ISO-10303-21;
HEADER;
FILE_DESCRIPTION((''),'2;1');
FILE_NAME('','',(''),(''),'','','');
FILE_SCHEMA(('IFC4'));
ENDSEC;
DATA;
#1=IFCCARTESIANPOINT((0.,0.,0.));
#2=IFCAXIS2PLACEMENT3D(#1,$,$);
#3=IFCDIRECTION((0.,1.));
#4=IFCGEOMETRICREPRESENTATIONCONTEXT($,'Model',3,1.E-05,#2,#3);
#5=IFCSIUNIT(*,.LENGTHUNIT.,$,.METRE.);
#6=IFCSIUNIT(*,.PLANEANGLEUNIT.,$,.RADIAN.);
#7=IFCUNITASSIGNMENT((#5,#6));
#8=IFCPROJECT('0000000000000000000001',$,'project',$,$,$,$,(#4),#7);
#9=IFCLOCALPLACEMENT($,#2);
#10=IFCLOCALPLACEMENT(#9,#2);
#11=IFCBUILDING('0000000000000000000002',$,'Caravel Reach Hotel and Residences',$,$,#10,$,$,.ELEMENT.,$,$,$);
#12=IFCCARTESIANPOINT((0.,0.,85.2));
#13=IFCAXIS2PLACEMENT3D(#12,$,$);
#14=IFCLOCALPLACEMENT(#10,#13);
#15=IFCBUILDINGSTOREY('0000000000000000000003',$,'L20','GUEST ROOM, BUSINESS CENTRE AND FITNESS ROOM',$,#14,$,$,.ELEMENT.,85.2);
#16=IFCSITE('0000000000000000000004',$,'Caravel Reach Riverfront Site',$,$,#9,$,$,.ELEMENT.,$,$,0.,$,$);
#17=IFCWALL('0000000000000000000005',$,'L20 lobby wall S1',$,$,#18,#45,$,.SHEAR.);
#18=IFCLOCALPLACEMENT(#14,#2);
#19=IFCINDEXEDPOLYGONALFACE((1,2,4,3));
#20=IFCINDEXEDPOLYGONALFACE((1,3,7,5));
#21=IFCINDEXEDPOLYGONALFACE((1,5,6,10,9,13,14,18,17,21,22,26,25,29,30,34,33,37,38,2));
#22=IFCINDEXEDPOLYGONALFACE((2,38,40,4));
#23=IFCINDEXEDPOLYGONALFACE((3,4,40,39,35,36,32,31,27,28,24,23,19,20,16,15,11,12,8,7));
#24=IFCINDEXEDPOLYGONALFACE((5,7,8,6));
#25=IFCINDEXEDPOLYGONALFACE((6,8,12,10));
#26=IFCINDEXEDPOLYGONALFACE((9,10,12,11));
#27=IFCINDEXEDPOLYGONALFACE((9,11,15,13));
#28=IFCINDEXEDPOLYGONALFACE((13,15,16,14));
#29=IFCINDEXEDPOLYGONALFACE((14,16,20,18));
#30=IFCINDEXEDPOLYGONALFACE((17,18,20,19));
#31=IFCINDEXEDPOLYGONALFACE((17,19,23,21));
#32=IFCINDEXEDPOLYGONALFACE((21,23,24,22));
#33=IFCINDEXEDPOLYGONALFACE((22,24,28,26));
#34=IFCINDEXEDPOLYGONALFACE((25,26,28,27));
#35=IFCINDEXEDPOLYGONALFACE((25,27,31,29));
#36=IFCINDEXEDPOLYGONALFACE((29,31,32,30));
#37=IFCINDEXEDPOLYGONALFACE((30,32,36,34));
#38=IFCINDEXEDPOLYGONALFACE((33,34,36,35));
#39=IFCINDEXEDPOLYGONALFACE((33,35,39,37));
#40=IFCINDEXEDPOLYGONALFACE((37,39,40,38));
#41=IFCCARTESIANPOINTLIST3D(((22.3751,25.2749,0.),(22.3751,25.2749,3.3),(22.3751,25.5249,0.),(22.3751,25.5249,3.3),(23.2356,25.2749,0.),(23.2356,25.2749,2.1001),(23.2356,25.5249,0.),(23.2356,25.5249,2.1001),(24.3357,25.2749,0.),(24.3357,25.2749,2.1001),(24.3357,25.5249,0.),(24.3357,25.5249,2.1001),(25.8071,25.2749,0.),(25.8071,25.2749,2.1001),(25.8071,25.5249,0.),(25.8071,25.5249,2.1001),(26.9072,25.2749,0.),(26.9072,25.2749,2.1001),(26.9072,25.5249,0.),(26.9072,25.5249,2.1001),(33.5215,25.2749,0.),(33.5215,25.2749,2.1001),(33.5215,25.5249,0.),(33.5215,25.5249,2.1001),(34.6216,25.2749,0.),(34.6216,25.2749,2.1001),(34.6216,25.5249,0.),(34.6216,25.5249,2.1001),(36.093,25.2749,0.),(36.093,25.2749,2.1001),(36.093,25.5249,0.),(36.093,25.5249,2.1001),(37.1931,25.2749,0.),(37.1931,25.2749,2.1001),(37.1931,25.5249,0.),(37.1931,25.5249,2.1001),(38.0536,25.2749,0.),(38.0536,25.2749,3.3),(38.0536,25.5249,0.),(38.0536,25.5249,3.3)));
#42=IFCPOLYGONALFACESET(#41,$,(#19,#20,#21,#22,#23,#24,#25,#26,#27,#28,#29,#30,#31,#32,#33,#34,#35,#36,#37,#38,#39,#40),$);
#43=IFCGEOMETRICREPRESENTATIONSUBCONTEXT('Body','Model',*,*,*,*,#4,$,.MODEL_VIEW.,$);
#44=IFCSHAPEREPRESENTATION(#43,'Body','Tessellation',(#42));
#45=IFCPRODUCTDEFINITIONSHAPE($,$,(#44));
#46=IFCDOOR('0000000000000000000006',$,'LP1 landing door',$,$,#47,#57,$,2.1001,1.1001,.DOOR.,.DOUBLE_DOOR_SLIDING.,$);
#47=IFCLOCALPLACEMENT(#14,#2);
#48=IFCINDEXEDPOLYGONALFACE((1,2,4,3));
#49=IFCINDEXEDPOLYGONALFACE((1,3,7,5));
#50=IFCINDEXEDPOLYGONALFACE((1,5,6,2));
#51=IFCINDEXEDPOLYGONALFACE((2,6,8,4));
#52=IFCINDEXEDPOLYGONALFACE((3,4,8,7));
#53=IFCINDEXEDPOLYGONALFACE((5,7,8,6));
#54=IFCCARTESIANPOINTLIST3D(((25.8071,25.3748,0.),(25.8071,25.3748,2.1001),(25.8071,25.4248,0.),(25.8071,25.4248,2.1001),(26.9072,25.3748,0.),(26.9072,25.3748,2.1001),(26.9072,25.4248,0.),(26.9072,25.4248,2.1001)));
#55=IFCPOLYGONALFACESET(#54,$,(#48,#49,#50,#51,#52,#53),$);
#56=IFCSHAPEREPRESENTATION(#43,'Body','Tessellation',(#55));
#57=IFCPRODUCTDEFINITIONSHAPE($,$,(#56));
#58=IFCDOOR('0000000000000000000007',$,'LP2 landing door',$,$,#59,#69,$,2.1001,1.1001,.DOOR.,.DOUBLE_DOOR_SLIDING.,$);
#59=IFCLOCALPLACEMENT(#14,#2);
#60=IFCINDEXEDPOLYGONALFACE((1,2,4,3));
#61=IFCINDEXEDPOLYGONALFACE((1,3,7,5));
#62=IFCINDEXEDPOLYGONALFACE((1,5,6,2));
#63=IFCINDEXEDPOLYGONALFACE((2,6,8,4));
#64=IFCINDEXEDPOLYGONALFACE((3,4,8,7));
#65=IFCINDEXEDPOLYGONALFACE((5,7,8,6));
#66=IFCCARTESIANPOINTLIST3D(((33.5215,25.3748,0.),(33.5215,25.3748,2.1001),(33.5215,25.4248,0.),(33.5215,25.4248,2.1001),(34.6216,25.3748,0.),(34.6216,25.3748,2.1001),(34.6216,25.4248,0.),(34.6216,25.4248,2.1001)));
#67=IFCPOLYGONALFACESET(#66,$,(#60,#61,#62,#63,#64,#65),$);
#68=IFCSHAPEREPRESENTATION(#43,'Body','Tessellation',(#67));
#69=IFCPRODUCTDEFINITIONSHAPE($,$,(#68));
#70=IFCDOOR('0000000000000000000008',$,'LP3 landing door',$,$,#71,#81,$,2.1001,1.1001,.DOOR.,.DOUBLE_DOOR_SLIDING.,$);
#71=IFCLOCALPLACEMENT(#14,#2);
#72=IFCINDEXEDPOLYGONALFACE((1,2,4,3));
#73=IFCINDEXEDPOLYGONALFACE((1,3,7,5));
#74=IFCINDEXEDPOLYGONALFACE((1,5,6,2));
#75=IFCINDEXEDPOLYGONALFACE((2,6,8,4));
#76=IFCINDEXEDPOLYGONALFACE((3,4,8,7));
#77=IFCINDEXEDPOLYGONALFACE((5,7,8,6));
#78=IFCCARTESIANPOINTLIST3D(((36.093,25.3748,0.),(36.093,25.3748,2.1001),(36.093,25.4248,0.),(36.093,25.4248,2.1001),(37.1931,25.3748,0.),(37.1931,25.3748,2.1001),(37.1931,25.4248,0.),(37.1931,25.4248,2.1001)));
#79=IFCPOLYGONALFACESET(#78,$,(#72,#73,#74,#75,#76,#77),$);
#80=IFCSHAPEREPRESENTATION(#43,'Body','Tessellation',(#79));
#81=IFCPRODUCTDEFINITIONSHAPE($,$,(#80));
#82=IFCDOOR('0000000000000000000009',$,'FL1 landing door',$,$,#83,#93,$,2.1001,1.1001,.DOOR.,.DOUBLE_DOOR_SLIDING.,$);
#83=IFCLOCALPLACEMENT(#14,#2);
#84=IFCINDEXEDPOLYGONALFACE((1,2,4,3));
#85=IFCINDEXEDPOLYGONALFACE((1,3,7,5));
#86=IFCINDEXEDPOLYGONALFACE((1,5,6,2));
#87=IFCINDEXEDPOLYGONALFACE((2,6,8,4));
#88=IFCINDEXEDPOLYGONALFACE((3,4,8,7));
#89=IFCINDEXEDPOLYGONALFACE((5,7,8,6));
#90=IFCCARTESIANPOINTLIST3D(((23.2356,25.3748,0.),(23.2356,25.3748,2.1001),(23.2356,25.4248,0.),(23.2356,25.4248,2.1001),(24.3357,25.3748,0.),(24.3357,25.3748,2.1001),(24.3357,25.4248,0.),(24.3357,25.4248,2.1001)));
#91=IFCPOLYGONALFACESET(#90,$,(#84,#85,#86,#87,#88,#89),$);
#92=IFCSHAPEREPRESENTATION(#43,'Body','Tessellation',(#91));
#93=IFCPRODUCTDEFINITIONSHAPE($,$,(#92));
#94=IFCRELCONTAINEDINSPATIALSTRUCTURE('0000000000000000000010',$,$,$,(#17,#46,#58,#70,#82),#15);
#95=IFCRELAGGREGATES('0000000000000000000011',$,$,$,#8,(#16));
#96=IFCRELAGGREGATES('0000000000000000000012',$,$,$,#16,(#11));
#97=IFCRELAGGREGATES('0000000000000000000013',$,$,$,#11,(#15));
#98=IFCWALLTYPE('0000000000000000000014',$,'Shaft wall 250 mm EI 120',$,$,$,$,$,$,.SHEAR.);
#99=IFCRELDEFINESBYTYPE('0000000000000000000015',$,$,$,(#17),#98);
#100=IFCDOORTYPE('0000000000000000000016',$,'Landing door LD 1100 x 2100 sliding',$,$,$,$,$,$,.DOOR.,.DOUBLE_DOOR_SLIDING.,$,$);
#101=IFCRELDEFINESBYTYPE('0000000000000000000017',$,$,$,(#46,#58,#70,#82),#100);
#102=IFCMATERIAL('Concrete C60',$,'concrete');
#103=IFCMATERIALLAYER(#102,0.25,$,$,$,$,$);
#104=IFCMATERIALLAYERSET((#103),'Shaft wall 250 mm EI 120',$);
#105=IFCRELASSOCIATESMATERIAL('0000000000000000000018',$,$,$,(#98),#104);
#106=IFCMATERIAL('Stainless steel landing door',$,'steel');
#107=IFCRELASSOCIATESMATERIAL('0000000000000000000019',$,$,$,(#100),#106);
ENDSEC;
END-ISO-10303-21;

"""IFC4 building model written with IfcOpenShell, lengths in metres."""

from ifc_helpers import new_model, si_unit, direction, frame, frame_2d, origin, place, context, subcontext, project, spatial, rectangle, extrude, material, layer, layer_set, type_object, element, fill, save


model = new_model("IFC4")

# Units and contexts
model_context = context("Model", 3, precision=1e-05, world=origin(), true_north=direction((0.0, 1.0)))
body_context = subcontext(model_context, "Body", "Model", "MODEL_VIEW")
ifc_project = project(units=[si_unit("LENGTHUNIT", "METRE"), si_unit("PLANEANGLEUNIT", "RADIAN")], contexts=[model_context])

# Site, building, storey
site_placement = place(None, origin())
site = spatial("IfcSite", under=ifc_project, at=site_placement, Name="Caravel Reach Riverfront Site", CompositionType="ELEMENT", RefElevation=0.0)
building_placement = place(site_placement, origin())
building = spatial("IfcBuilding", under=site, at=building_placement, Name="Caravel Reach Hotel and Residences", CompositionType="ELEMENT")
storey_placement = place(building_placement, frame((0.0, 0.0, 85.2)))
storey = spatial("IfcBuildingStorey", under=building, at=storey_placement, Name="L20", Description="GUEST ROOM, BUSINESS CENTRE AND FITNESS ROOM", CompositionType="ELEMENT", Elevation=85.2)

# Wall, openings, doors
ifc_material_1 = material(Name="Concrete C60", Category="concrete")
ifc_layer_1 = layer(ifc_material_1, 0.25)
ifc_layer_set_1 = layer_set([ifc_layer_1], Name="Shaft wall 250 mm EI 120")
wall_type_1 = type_object("IfcWallType", Name="Shaft wall 250 mm EI 120", PredefinedType="SHEAR", material=ifc_layer_set_1)
wall_1_placement = place(storey_placement, frame((22.375, 25.3999, 0.0), z_axis=(0.0, 0.0, 1.0), x_axis=(1.0, 0.0, 0.0)))
wall_1 = element("IfcWall", 1, at=wall_1_placement, inside=storey, type_object=wall_type_1, Name="L20 lobby wall S1", PredefinedType="SHEAR", context=body_context, shape_type="SweptSolid", body=[
    extrude(rectangle(XDim=15.6785, YDim=0.25, at=frame_2d((7.8394, 0.0))), origin(), (0.0, 0.0, 1.0), 3.3),
])
opening_1_placement = place(wall_1_placement, frame((3.4321, 0.0, 0.0)))
opening_1 = element("IfcOpeningElement", 2, at=opening_1_placement, cuts=wall_1, PredefinedType="OPENING", context=body_context, shape_type="SweptSolid", body=[
    extrude(rectangle(XDim=1.1001, YDim=2.1001, at=frame_2d((0.55, 1.05))), frame((0.0, 0.135, 0.0), z_axis=(0.0, -1.0, 0.0), x_axis=(1.0, 0.0, 0.0)), (0.0, 0.0, 1.0), 0.27),
])
opening_2_placement = place(wall_1_placement, frame((11.1465, 0.0, 0.0)))
opening_2 = element("IfcOpeningElement", 3, at=opening_2_placement, cuts=wall_1, PredefinedType="OPENING", context=body_context, shape_type="SweptSolid", body=[
    extrude(rectangle(XDim=1.1001, YDim=2.1001, at=frame_2d((0.55, 1.05))), frame((0.0, 0.135, 0.0), z_axis=(0.0, -1.0, 0.0), x_axis=(1.0, 0.0, 0.0)), (0.0, 0.0, 1.0), 0.27),
])
opening_3_placement = place(wall_1_placement, frame((13.718, 0.0, 0.0)))
opening_3 = element("IfcOpeningElement", 4, at=opening_3_placement, cuts=wall_1, PredefinedType="OPENING", context=body_context, shape_type="SweptSolid", body=[
    extrude(rectangle(XDim=1.1001, YDim=2.1001, at=frame_2d((0.55, 1.05))), frame((0.0, 0.135, 0.0), z_axis=(0.0, -1.0, 0.0), x_axis=(1.0, 0.0, 0.0)), (0.0, 0.0, 1.0), 0.27),
])
opening_4_placement = place(wall_1_placement, frame((0.8606, 0.0, 0.0)))
opening_4 = element("IfcOpeningElement", 5, at=opening_4_placement, cuts=wall_1, PredefinedType="OPENING", context=body_context, shape_type="SweptSolid", body=[
    extrude(rectangle(XDim=1.1001, YDim=2.1001, at=frame_2d((0.55, 1.05))), frame((0.0, 0.135, 0.0), z_axis=(0.0, -1.0, 0.0), x_axis=(1.0, 0.0, 0.0)), (0.0, 0.0, 1.0), 0.27),
])
ifc_material_2 = material(Name="Stainless steel landing door", Category="steel")
door_type_1 = type_object("IfcDoorType", Name="Landing door LD 1100 x 2100 sliding", OperationType="DOUBLE_DOOR_SLIDING", PredefinedType="DOOR", material=ifc_material_2)
door_1_placement = place(opening_1_placement, origin())
door_1 = element("IfcDoor", 6, at=door_1_placement, inside=storey, type_object=door_type_1, Name="LP1 landing door", OperationType="DOUBLE_DOOR_SLIDING", OverallHeight=2.1001, OverallWidth=1.1001, PredefinedType="DOOR", context=body_context, shape_type="SweptSolid", body=[
    extrude(rectangle(XDim=1.1001, YDim=2.1001, at=frame_2d((0.55, 1.05))), frame((0.0, 0.0249, 0.0), z_axis=(0.0, -1.0, 0.0), x_axis=(1.0, 0.0, 0.0)), (0.0, 0.0, 1.0), 0.05),
])
fill(opening_1, door_1)
door_2_placement = place(opening_2_placement, origin())
door_2 = element("IfcDoor", 7, at=door_2_placement, inside=storey, type_object=door_type_1, Name="LP2 landing door", OperationType="DOUBLE_DOOR_SLIDING", OverallHeight=2.1001, OverallWidth=1.1001, PredefinedType="DOOR", context=body_context, shape_type="SweptSolid", body=[
    extrude(rectangle(XDim=1.1001, YDim=2.1001, at=frame_2d((0.55, 1.05))), frame((0.0, 0.0249, 0.0), z_axis=(0.0, -1.0, 0.0), x_axis=(1.0, 0.0, 0.0)), (0.0, 0.0, 1.0), 0.05),
])
fill(opening_2, door_2)
door_3_placement = place(opening_3_placement, origin())
door_3 = element("IfcDoor", 8, at=door_3_placement, inside=storey, type_object=door_type_1, Name="LP3 landing door", OperationType="DOUBLE_DOOR_SLIDING", OverallHeight=2.1001, OverallWidth=1.1001, PredefinedType="DOOR", context=body_context, shape_type="SweptSolid", body=[
    extrude(rectangle(XDim=1.1001, YDim=2.1001, at=frame_2d((0.55, 1.05))), frame((0.0, 0.0249, 0.0), z_axis=(0.0, -1.0, 0.0), x_axis=(1.0, 0.0, 0.0)), (0.0, 0.0, 1.0), 0.05),
])
fill(opening_3, door_3)
door_4_placement = place(opening_4_placement, origin())
door_4 = element("IfcDoor", 9, at=door_4_placement, inside=storey, type_object=door_type_1, Name="FL1 landing door", OperationType="DOUBLE_DOOR_SLIDING", OverallHeight=2.1001, OverallWidth=1.1001, PredefinedType="DOOR", context=body_context, shape_type="SweptSolid", body=[
    extrude(rectangle(XDim=1.1001, YDim=2.1001, at=frame_2d((0.55, 1.05))), frame((0.0, 0.0249, 0.0), z_axis=(0.0, -1.0, 0.0), x_axis=(1.0, 0.0, 0.0)), (0.0, 0.0, 1.0), 0.05),
])
fill(opening_4, door_4)

save(model, "model.ifc")
